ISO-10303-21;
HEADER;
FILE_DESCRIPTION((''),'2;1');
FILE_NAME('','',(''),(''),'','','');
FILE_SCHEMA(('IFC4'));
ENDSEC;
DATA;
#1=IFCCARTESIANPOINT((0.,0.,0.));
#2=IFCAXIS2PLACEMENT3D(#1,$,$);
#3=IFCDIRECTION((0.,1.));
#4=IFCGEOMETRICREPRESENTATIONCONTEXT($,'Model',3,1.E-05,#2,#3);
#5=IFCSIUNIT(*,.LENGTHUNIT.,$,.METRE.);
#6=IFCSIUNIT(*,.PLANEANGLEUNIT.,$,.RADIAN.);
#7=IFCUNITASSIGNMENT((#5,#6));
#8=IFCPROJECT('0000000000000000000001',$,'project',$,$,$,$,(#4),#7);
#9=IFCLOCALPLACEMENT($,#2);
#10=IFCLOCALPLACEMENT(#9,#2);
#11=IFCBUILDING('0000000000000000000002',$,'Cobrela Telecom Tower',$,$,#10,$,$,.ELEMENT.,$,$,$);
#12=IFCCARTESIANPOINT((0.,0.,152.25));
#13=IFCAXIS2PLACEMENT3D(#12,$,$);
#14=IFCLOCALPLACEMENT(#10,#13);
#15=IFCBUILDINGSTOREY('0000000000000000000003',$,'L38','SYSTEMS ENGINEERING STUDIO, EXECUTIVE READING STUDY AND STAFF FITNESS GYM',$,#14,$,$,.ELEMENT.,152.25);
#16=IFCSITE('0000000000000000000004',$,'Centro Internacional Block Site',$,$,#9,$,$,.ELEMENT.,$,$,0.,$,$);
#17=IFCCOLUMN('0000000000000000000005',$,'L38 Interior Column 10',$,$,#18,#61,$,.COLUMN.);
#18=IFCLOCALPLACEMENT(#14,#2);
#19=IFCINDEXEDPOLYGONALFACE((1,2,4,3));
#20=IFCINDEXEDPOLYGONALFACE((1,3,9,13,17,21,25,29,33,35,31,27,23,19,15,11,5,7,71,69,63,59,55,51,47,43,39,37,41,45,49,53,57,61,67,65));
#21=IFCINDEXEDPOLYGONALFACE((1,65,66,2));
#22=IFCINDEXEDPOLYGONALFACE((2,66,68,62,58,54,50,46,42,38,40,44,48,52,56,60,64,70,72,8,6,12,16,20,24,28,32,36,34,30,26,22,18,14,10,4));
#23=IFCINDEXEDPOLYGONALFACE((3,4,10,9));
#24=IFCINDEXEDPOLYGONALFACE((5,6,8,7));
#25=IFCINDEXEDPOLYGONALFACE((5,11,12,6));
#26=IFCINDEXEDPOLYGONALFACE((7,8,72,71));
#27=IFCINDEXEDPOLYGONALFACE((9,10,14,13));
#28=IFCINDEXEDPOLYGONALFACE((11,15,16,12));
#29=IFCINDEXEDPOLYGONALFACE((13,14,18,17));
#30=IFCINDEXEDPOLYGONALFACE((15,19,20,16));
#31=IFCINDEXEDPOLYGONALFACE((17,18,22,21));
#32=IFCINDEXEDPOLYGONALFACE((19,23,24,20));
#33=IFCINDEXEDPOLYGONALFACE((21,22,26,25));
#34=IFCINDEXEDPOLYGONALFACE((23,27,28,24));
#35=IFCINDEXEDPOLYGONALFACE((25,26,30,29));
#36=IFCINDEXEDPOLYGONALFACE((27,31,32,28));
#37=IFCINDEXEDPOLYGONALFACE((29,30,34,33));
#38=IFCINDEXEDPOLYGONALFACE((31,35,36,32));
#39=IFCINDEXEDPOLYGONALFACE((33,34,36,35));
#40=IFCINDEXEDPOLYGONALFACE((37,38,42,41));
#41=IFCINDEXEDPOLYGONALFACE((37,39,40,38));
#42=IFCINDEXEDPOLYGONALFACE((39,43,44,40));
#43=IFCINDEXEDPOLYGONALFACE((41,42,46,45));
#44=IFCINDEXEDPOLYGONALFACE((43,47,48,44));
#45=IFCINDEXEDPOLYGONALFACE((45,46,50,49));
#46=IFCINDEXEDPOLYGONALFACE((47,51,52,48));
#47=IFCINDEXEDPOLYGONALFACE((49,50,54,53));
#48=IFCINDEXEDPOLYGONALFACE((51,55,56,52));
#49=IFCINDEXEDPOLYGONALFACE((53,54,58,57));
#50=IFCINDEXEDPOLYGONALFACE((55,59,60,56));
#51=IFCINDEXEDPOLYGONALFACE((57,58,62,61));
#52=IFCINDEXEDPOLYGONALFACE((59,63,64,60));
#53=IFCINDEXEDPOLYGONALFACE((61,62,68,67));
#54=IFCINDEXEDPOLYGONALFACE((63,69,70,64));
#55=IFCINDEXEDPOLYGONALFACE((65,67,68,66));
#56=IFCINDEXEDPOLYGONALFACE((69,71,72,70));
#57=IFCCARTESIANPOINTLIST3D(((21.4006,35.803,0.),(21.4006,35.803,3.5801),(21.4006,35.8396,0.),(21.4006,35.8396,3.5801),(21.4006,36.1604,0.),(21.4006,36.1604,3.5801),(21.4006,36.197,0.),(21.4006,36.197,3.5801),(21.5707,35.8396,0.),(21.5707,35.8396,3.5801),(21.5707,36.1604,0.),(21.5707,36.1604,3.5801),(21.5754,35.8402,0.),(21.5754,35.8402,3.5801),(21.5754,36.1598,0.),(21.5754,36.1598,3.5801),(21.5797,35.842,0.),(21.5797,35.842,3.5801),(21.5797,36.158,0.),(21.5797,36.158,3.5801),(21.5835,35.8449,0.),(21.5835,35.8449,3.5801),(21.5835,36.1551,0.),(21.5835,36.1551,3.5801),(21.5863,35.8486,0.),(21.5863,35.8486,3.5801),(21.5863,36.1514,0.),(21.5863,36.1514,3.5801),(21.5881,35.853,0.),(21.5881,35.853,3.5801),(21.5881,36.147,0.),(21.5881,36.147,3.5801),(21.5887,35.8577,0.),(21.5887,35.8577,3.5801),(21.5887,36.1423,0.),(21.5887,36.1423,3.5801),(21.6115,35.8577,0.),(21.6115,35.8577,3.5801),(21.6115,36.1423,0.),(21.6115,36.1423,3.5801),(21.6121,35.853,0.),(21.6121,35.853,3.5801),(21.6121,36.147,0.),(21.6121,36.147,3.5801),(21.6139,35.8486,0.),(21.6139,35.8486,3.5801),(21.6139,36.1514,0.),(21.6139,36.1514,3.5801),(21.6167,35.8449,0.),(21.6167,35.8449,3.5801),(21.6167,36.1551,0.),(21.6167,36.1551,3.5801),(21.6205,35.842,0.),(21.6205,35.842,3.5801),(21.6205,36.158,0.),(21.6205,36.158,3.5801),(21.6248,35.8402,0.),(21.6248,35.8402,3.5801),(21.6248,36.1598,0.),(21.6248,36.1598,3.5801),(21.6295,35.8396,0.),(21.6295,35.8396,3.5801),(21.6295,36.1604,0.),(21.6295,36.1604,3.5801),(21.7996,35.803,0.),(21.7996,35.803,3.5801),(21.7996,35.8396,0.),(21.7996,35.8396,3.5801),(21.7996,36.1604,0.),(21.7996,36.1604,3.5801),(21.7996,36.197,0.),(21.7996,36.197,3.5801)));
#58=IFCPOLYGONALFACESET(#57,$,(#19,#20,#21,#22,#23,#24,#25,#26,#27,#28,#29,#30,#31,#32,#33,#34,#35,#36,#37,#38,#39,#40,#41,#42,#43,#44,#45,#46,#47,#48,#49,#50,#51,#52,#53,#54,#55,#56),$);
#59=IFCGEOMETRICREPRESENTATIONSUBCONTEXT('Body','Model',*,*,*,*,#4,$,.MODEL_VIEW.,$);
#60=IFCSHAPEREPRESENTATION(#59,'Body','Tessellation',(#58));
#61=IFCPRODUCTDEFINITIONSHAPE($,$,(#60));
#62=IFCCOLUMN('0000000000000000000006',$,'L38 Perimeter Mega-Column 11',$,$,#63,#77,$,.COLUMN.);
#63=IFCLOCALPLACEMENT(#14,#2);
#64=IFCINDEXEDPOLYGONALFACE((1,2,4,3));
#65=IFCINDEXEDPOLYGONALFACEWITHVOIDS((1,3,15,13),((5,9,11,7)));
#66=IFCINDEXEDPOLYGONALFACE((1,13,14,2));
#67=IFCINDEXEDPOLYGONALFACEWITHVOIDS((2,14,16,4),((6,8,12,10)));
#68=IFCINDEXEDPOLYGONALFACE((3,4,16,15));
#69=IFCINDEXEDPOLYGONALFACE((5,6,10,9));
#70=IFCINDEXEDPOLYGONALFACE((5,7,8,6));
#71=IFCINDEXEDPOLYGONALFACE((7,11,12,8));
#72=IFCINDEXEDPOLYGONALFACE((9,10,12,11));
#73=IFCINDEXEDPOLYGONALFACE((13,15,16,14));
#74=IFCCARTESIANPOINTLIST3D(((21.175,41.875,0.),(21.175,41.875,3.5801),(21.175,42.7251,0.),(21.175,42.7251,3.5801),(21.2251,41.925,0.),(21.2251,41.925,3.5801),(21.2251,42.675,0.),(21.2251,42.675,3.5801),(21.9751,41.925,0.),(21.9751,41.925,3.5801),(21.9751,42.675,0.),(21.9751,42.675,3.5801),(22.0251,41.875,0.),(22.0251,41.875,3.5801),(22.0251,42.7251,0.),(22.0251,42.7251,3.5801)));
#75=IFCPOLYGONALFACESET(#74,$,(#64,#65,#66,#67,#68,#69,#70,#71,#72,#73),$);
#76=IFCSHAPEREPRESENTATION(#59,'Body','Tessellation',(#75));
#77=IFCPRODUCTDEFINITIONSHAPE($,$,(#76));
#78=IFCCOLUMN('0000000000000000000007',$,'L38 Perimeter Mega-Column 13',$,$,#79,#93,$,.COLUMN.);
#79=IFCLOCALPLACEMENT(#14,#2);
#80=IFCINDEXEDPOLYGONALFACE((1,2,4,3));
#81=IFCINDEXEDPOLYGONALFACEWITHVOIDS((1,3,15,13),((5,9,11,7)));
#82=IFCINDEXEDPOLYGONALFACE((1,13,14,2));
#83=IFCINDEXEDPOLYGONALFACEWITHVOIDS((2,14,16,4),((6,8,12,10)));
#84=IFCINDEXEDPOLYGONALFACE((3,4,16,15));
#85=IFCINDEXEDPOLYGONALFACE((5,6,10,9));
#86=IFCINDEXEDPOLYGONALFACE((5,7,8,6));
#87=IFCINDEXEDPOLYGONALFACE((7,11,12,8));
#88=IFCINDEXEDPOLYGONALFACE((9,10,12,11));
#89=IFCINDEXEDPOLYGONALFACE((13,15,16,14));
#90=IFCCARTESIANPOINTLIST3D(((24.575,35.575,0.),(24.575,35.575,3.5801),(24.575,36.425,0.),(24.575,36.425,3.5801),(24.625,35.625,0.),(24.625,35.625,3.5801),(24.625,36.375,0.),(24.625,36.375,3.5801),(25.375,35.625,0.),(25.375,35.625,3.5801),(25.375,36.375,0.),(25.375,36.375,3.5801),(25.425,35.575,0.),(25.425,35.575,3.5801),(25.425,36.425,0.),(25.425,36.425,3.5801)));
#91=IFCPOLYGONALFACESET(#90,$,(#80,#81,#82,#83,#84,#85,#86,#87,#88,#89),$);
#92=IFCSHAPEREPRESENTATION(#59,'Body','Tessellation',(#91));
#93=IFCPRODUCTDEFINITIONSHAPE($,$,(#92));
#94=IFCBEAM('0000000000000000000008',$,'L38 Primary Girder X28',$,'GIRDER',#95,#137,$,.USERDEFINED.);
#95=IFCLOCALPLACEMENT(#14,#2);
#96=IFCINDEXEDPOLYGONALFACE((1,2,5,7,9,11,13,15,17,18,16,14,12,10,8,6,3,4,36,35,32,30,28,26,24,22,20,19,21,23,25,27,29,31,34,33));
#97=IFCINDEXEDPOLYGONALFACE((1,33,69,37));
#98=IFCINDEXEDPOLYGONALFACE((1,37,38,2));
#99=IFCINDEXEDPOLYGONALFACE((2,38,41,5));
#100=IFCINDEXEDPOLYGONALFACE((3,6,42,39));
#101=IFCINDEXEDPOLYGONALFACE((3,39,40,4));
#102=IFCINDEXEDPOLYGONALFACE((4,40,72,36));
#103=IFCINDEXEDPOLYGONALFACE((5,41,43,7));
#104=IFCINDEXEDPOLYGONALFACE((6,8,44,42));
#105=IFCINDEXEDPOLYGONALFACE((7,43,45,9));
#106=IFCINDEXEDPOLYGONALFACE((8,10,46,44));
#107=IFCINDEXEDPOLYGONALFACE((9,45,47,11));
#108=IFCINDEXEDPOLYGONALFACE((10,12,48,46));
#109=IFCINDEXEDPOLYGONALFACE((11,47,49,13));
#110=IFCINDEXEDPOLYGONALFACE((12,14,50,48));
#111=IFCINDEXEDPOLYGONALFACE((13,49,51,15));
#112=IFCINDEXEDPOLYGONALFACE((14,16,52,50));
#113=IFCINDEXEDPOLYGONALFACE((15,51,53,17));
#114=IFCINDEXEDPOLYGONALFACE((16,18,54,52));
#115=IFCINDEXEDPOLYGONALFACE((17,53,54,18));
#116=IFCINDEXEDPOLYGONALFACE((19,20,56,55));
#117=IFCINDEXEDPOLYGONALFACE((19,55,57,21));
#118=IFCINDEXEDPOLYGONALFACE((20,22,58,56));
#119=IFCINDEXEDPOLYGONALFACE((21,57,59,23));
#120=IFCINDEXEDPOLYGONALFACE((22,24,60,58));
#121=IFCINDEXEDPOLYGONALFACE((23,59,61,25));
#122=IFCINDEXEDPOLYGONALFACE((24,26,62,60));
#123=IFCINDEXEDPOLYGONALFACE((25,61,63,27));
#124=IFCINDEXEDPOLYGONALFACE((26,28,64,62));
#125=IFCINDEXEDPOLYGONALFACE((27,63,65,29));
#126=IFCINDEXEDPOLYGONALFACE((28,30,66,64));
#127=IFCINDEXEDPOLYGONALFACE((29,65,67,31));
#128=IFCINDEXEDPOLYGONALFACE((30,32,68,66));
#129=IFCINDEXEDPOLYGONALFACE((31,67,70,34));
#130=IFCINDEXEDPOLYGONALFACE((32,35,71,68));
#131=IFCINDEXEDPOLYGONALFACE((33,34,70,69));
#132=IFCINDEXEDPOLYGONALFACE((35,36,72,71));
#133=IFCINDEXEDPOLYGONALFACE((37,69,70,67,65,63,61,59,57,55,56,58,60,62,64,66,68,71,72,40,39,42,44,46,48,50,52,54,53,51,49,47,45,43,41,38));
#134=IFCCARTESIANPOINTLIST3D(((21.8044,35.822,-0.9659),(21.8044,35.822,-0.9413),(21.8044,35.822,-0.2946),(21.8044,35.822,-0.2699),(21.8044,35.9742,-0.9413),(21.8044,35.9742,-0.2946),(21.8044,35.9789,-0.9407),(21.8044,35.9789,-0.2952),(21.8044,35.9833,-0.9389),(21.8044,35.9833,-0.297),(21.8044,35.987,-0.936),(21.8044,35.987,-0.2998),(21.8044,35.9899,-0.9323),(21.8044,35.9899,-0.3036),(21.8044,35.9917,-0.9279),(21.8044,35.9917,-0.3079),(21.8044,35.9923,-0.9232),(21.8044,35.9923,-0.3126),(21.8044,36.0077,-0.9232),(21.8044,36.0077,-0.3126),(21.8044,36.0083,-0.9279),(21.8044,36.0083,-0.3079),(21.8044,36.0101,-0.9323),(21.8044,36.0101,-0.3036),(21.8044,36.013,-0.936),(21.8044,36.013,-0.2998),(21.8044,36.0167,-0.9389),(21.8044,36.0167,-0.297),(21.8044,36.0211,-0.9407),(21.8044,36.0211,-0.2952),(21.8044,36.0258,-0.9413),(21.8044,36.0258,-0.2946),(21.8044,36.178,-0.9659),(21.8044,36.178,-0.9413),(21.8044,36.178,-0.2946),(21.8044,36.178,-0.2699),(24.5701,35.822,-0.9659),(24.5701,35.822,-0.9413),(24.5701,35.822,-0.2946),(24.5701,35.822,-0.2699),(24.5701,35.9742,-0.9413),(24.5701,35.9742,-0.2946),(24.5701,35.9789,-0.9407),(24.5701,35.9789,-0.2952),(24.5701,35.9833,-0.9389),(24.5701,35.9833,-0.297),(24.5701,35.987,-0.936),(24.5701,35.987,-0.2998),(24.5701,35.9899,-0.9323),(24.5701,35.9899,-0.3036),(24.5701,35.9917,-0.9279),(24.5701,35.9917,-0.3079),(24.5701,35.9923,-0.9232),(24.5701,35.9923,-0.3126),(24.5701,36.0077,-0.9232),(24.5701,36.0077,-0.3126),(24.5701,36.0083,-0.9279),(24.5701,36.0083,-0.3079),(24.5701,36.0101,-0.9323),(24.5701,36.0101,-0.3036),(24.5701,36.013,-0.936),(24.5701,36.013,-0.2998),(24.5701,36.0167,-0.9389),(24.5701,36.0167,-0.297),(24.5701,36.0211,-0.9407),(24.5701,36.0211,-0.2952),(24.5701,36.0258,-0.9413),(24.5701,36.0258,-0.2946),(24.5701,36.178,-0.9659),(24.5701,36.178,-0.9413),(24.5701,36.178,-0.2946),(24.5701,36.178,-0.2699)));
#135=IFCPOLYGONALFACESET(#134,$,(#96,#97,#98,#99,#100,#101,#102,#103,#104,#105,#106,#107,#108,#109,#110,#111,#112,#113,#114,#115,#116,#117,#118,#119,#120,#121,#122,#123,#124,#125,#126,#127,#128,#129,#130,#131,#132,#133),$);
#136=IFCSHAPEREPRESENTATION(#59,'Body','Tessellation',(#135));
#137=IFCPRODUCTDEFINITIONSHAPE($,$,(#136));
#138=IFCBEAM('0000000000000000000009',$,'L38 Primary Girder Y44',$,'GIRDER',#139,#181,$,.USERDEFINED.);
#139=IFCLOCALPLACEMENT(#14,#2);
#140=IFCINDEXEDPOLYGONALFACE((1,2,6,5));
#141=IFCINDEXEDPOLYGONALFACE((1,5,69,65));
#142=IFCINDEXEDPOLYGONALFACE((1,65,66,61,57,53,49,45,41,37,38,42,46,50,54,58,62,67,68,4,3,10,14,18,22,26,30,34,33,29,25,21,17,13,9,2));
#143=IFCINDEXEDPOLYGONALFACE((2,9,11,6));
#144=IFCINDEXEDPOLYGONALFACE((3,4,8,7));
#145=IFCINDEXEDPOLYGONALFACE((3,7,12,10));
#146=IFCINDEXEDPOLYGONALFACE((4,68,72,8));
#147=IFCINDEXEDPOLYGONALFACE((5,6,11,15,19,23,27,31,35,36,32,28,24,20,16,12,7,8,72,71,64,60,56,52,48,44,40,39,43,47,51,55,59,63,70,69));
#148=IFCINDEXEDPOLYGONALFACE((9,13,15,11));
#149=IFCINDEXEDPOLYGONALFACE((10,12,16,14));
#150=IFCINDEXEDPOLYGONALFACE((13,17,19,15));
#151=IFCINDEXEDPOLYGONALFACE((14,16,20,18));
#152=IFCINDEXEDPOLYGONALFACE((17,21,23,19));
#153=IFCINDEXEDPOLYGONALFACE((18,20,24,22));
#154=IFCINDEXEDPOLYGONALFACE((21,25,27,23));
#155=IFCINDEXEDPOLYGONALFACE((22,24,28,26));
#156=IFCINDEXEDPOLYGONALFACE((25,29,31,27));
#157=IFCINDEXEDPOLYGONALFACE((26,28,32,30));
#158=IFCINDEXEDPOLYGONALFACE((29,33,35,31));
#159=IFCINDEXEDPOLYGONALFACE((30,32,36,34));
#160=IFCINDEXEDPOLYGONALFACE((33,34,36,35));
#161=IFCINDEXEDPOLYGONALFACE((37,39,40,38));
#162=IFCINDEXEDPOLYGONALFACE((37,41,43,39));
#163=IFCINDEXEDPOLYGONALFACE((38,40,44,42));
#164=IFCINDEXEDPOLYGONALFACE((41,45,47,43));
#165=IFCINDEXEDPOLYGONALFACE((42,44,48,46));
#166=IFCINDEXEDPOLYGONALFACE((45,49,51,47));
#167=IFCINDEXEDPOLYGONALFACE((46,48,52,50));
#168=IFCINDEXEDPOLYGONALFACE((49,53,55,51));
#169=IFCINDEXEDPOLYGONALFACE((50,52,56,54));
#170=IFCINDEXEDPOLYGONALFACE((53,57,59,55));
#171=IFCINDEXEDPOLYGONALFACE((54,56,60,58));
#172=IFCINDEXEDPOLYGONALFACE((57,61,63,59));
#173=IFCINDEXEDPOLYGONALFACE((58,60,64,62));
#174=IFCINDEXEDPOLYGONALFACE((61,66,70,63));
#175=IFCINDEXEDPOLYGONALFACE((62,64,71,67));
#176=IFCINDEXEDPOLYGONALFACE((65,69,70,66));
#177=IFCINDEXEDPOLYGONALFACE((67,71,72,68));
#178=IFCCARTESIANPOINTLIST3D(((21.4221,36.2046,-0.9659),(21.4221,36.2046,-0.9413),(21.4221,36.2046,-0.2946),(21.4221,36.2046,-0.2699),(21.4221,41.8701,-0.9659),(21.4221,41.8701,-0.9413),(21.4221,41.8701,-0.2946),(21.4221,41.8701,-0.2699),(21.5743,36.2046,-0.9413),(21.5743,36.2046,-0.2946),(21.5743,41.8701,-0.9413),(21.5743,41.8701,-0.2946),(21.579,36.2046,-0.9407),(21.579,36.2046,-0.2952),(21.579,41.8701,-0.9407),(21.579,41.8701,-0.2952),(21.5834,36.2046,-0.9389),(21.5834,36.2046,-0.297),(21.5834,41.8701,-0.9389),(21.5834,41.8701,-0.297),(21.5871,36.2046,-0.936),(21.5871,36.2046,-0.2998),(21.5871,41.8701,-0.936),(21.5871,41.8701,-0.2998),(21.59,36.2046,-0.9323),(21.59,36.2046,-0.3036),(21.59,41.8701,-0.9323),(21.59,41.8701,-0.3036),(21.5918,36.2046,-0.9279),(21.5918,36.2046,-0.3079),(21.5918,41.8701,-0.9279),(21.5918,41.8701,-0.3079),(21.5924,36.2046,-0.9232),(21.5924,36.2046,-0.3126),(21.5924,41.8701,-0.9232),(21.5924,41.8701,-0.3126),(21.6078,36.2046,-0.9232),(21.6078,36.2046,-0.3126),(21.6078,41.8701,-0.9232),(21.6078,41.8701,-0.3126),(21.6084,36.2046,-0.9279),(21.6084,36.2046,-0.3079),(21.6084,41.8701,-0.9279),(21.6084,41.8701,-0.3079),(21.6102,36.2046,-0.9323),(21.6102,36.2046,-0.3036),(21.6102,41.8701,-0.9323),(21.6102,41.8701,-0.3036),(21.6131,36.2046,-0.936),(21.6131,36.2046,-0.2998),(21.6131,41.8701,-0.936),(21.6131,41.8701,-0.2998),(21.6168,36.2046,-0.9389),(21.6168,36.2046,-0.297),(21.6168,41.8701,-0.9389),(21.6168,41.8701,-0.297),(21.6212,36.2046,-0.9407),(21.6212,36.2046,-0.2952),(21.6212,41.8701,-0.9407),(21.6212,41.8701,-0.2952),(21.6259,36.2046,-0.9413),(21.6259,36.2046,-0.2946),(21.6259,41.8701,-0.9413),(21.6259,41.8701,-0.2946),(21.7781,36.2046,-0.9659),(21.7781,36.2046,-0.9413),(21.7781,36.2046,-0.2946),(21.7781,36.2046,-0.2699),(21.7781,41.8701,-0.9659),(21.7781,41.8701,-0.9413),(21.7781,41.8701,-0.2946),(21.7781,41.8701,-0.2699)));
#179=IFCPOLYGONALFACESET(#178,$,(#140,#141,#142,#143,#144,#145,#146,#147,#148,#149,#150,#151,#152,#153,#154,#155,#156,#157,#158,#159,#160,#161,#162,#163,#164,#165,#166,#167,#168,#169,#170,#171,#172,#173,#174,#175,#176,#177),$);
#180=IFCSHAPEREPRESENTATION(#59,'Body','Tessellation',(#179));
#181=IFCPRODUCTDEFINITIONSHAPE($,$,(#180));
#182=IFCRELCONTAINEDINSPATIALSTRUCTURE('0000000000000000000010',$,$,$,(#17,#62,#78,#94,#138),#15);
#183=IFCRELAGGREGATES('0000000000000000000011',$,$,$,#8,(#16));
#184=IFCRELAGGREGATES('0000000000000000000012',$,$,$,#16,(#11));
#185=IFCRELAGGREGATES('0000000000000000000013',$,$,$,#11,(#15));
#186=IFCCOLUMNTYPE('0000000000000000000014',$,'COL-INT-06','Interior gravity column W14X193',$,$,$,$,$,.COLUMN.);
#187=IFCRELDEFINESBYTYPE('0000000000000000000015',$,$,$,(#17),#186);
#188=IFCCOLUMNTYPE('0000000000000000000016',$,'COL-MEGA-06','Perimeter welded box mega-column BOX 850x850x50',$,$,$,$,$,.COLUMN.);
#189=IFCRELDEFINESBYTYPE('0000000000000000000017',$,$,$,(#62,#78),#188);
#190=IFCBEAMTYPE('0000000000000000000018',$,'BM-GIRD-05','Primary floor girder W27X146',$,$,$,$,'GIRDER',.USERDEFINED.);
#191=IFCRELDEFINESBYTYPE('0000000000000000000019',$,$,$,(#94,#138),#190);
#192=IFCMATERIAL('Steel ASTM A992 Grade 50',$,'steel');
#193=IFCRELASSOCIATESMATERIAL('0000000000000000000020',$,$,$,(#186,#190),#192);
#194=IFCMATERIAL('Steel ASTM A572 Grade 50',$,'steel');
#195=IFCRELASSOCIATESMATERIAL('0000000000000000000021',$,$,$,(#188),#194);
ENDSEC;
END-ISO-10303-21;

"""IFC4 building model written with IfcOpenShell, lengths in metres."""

from ifc_helpers import new_model, si_unit, direction, frame, origin, origin_2d, place, context, subcontext, project, spatial, hollow_rectangle, i_section, extrude, material, material_profile, profile_set, type_object, element, save


model = new_model("IFC4")

# Units and contexts
model_context = context("Model", 3, precision=1e-05, world=origin(), true_north=direction((0.0, 1.0)))
body_context = subcontext(model_context, "Body", "Model", "MODEL_VIEW")
ifc_project = project(units=[si_unit("LENGTHUNIT", "METRE"), si_unit("PLANEANGLEUNIT", "RADIAN")], contexts=[model_context])

# Site, building, storey
site_placement = place(None, origin())
site = spatial("IfcSite", under=ifc_project, at=site_placement, Name="Centro Internacional Block Site", CompositionType="ELEMENT", RefElevation=0.0)
building_placement = place(site_placement, origin())
building = spatial("IfcBuilding", under=site, at=building_placement, Name="Cobrela Telecom Tower", CompositionType="ELEMENT")
storey_placement = place(building_placement, frame((0.0, 0.0, 152.25)))
storey = spatial("IfcBuildingStorey", under=building, at=storey_placement, Name="L38", Description="SYSTEMS ENGINEERING STUDIO, EXECUTIVE READING STUDY AND STAFF FITNESS GYM", CompositionType="ELEMENT", Elevation=152.25)

# Columns
ifc_material_1 = material(Name="Steel ASTM A992 Grade 50", Category="steel")
ifc_material_profile_1 = material_profile(ifc_material_1, i_section(OverallWidth=0.3989, OverallDepth=0.394, WebThickness=0.0227, FlangeThickness=0.0366, FilletRadius=0.0181, at=origin_2d()), Name="W14X193")
ifc_profile_set_1 = profile_set([ifc_material_profile_1], Name="Steel ASTM A992 Grade 50")
column_type_1 = type_object("IfcColumnType", Name="COL-INT-06", Description="Interior gravity column W14X193", PredefinedType="COLUMN", material=ifc_profile_set_1)
column_placement = place(storey_placement, frame((21.6001, 36.0, 0.0), z_axis=(0.0, 0.0, 1.0), x_axis=(1.0, 0.0, 0.0)))
element("IfcColumn", 1, at=column_placement, inside=storey, type_object=column_type_1, Name="L38 Interior Column 10", PredefinedType="COLUMN", context=body_context, shape_type="SweptSolid", body=[
    extrude(i_section(OverallWidth=0.3989, OverallDepth=0.394, WebThickness=0.0227, FlangeThickness=0.0366, FilletRadius=0.0181, at=origin_2d()), origin(), (0.0, 0.0, 1.0), 3.5801),
])
ifc_material_2 = material(Name="Steel ASTM A572 Grade 50", Category="steel")
ifc_material_profile_2 = material_profile(ifc_material_2, hollow_rectangle(XDim=0.8501, YDim=0.8501, WallThickness=0.05, at=origin_2d()), Name="BOX 850x850x50")
ifc_profile_set_2 = profile_set([ifc_material_profile_2], Name="Steel ASTM A572 Grade 50")
column_type_2 = type_object("IfcColumnType", Name="COL-MEGA-06", Description="Perimeter welded box mega-column BOX 850x850x50", PredefinedType="COLUMN", material=ifc_profile_set_2)
for number, where, z_axis, x_axis, name in (
    (2, (21.6001, 42.3, 0.0), (0.0, 0.0, 1.0), (1.0, 0.0, 0.0), "L38 Perimeter Mega-Column 11"),
    (3, (25.0, 36.0, 0.0), (0.0, 0.0, 1.0), (1.0, 0.0, 0.0), "L38 Perimeter Mega-Column 13"),
):
    element("IfcColumn", number, at=place(storey_placement, frame(where, z_axis=z_axis, x_axis=x_axis)), inside=storey, type_object=column_type_2, Name=name, PredefinedType="COLUMN", context=body_context, shape_type="SweptSolid", body=[
        extrude(hollow_rectangle(XDim=0.8501, YDim=0.8501, WallThickness=0.05, at=origin_2d()), origin(), (0.0, 0.0, 1.0), 3.5801),
    ])

# Beams
ifc_material_profile_3 = material_profile(ifc_material_1, i_section(OverallWidth=0.356, OverallDepth=0.696, WebThickness=0.0154, FlangeThickness=0.0247, FilletRadius=0.0181, at=origin_2d()), Name="W27X146")
ifc_profile_set_3 = profile_set([ifc_material_profile_3], Name="Steel ASTM A992 Grade 50")
beam_type_1 = type_object("IfcBeamType", Name="BM-GIRD-05", Description="Primary floor girder W27X146", ElementType="GIRDER", PredefinedType="USERDEFINED", material=ifc_profile_set_3)
beam_1_placement = place(storey_placement, frame((21.8044, 36.0, -0.6179), z_axis=(1.0, 0.0, 0.0), x_axis=(0.0, 1.0, 0.0)))
element("IfcBeam", 4, at=beam_1_placement, inside=storey, type_object=beam_type_1, Name="L38 Primary Girder X28", ObjectType="GIRDER", PredefinedType="USERDEFINED", context=body_context, shape_type="SweptSolid", body=[
    extrude(i_section(OverallWidth=0.356, OverallDepth=0.696, WebThickness=0.0154, FlangeThickness=0.0247, FilletRadius=0.0181, at=origin_2d()), origin(), (0.0, 0.0, 1.0), 2.7656),
])
beam_2_placement = place(storey_placement, frame((21.6001, 36.2046, -0.6179), z_axis=(0.0, 1.0, 0.0), x_axis=(-1.0, 0.0, 0.0)))
element("IfcBeam", 5, at=beam_2_placement, inside=storey, type_object=beam_type_1, Name="L38 Primary Girder Y44", ObjectType="GIRDER", PredefinedType="USERDEFINED", context=body_context, shape_type="SweptSolid", body=[
    extrude(i_section(OverallWidth=0.356, OverallDepth=0.696, WebThickness=0.0154, FlangeThickness=0.0247, FilletRadius=0.0181, at=origin_2d()), origin(), (0.0, 0.0, 1.0), 5.6655),
])

save(model, "model.ifc")
